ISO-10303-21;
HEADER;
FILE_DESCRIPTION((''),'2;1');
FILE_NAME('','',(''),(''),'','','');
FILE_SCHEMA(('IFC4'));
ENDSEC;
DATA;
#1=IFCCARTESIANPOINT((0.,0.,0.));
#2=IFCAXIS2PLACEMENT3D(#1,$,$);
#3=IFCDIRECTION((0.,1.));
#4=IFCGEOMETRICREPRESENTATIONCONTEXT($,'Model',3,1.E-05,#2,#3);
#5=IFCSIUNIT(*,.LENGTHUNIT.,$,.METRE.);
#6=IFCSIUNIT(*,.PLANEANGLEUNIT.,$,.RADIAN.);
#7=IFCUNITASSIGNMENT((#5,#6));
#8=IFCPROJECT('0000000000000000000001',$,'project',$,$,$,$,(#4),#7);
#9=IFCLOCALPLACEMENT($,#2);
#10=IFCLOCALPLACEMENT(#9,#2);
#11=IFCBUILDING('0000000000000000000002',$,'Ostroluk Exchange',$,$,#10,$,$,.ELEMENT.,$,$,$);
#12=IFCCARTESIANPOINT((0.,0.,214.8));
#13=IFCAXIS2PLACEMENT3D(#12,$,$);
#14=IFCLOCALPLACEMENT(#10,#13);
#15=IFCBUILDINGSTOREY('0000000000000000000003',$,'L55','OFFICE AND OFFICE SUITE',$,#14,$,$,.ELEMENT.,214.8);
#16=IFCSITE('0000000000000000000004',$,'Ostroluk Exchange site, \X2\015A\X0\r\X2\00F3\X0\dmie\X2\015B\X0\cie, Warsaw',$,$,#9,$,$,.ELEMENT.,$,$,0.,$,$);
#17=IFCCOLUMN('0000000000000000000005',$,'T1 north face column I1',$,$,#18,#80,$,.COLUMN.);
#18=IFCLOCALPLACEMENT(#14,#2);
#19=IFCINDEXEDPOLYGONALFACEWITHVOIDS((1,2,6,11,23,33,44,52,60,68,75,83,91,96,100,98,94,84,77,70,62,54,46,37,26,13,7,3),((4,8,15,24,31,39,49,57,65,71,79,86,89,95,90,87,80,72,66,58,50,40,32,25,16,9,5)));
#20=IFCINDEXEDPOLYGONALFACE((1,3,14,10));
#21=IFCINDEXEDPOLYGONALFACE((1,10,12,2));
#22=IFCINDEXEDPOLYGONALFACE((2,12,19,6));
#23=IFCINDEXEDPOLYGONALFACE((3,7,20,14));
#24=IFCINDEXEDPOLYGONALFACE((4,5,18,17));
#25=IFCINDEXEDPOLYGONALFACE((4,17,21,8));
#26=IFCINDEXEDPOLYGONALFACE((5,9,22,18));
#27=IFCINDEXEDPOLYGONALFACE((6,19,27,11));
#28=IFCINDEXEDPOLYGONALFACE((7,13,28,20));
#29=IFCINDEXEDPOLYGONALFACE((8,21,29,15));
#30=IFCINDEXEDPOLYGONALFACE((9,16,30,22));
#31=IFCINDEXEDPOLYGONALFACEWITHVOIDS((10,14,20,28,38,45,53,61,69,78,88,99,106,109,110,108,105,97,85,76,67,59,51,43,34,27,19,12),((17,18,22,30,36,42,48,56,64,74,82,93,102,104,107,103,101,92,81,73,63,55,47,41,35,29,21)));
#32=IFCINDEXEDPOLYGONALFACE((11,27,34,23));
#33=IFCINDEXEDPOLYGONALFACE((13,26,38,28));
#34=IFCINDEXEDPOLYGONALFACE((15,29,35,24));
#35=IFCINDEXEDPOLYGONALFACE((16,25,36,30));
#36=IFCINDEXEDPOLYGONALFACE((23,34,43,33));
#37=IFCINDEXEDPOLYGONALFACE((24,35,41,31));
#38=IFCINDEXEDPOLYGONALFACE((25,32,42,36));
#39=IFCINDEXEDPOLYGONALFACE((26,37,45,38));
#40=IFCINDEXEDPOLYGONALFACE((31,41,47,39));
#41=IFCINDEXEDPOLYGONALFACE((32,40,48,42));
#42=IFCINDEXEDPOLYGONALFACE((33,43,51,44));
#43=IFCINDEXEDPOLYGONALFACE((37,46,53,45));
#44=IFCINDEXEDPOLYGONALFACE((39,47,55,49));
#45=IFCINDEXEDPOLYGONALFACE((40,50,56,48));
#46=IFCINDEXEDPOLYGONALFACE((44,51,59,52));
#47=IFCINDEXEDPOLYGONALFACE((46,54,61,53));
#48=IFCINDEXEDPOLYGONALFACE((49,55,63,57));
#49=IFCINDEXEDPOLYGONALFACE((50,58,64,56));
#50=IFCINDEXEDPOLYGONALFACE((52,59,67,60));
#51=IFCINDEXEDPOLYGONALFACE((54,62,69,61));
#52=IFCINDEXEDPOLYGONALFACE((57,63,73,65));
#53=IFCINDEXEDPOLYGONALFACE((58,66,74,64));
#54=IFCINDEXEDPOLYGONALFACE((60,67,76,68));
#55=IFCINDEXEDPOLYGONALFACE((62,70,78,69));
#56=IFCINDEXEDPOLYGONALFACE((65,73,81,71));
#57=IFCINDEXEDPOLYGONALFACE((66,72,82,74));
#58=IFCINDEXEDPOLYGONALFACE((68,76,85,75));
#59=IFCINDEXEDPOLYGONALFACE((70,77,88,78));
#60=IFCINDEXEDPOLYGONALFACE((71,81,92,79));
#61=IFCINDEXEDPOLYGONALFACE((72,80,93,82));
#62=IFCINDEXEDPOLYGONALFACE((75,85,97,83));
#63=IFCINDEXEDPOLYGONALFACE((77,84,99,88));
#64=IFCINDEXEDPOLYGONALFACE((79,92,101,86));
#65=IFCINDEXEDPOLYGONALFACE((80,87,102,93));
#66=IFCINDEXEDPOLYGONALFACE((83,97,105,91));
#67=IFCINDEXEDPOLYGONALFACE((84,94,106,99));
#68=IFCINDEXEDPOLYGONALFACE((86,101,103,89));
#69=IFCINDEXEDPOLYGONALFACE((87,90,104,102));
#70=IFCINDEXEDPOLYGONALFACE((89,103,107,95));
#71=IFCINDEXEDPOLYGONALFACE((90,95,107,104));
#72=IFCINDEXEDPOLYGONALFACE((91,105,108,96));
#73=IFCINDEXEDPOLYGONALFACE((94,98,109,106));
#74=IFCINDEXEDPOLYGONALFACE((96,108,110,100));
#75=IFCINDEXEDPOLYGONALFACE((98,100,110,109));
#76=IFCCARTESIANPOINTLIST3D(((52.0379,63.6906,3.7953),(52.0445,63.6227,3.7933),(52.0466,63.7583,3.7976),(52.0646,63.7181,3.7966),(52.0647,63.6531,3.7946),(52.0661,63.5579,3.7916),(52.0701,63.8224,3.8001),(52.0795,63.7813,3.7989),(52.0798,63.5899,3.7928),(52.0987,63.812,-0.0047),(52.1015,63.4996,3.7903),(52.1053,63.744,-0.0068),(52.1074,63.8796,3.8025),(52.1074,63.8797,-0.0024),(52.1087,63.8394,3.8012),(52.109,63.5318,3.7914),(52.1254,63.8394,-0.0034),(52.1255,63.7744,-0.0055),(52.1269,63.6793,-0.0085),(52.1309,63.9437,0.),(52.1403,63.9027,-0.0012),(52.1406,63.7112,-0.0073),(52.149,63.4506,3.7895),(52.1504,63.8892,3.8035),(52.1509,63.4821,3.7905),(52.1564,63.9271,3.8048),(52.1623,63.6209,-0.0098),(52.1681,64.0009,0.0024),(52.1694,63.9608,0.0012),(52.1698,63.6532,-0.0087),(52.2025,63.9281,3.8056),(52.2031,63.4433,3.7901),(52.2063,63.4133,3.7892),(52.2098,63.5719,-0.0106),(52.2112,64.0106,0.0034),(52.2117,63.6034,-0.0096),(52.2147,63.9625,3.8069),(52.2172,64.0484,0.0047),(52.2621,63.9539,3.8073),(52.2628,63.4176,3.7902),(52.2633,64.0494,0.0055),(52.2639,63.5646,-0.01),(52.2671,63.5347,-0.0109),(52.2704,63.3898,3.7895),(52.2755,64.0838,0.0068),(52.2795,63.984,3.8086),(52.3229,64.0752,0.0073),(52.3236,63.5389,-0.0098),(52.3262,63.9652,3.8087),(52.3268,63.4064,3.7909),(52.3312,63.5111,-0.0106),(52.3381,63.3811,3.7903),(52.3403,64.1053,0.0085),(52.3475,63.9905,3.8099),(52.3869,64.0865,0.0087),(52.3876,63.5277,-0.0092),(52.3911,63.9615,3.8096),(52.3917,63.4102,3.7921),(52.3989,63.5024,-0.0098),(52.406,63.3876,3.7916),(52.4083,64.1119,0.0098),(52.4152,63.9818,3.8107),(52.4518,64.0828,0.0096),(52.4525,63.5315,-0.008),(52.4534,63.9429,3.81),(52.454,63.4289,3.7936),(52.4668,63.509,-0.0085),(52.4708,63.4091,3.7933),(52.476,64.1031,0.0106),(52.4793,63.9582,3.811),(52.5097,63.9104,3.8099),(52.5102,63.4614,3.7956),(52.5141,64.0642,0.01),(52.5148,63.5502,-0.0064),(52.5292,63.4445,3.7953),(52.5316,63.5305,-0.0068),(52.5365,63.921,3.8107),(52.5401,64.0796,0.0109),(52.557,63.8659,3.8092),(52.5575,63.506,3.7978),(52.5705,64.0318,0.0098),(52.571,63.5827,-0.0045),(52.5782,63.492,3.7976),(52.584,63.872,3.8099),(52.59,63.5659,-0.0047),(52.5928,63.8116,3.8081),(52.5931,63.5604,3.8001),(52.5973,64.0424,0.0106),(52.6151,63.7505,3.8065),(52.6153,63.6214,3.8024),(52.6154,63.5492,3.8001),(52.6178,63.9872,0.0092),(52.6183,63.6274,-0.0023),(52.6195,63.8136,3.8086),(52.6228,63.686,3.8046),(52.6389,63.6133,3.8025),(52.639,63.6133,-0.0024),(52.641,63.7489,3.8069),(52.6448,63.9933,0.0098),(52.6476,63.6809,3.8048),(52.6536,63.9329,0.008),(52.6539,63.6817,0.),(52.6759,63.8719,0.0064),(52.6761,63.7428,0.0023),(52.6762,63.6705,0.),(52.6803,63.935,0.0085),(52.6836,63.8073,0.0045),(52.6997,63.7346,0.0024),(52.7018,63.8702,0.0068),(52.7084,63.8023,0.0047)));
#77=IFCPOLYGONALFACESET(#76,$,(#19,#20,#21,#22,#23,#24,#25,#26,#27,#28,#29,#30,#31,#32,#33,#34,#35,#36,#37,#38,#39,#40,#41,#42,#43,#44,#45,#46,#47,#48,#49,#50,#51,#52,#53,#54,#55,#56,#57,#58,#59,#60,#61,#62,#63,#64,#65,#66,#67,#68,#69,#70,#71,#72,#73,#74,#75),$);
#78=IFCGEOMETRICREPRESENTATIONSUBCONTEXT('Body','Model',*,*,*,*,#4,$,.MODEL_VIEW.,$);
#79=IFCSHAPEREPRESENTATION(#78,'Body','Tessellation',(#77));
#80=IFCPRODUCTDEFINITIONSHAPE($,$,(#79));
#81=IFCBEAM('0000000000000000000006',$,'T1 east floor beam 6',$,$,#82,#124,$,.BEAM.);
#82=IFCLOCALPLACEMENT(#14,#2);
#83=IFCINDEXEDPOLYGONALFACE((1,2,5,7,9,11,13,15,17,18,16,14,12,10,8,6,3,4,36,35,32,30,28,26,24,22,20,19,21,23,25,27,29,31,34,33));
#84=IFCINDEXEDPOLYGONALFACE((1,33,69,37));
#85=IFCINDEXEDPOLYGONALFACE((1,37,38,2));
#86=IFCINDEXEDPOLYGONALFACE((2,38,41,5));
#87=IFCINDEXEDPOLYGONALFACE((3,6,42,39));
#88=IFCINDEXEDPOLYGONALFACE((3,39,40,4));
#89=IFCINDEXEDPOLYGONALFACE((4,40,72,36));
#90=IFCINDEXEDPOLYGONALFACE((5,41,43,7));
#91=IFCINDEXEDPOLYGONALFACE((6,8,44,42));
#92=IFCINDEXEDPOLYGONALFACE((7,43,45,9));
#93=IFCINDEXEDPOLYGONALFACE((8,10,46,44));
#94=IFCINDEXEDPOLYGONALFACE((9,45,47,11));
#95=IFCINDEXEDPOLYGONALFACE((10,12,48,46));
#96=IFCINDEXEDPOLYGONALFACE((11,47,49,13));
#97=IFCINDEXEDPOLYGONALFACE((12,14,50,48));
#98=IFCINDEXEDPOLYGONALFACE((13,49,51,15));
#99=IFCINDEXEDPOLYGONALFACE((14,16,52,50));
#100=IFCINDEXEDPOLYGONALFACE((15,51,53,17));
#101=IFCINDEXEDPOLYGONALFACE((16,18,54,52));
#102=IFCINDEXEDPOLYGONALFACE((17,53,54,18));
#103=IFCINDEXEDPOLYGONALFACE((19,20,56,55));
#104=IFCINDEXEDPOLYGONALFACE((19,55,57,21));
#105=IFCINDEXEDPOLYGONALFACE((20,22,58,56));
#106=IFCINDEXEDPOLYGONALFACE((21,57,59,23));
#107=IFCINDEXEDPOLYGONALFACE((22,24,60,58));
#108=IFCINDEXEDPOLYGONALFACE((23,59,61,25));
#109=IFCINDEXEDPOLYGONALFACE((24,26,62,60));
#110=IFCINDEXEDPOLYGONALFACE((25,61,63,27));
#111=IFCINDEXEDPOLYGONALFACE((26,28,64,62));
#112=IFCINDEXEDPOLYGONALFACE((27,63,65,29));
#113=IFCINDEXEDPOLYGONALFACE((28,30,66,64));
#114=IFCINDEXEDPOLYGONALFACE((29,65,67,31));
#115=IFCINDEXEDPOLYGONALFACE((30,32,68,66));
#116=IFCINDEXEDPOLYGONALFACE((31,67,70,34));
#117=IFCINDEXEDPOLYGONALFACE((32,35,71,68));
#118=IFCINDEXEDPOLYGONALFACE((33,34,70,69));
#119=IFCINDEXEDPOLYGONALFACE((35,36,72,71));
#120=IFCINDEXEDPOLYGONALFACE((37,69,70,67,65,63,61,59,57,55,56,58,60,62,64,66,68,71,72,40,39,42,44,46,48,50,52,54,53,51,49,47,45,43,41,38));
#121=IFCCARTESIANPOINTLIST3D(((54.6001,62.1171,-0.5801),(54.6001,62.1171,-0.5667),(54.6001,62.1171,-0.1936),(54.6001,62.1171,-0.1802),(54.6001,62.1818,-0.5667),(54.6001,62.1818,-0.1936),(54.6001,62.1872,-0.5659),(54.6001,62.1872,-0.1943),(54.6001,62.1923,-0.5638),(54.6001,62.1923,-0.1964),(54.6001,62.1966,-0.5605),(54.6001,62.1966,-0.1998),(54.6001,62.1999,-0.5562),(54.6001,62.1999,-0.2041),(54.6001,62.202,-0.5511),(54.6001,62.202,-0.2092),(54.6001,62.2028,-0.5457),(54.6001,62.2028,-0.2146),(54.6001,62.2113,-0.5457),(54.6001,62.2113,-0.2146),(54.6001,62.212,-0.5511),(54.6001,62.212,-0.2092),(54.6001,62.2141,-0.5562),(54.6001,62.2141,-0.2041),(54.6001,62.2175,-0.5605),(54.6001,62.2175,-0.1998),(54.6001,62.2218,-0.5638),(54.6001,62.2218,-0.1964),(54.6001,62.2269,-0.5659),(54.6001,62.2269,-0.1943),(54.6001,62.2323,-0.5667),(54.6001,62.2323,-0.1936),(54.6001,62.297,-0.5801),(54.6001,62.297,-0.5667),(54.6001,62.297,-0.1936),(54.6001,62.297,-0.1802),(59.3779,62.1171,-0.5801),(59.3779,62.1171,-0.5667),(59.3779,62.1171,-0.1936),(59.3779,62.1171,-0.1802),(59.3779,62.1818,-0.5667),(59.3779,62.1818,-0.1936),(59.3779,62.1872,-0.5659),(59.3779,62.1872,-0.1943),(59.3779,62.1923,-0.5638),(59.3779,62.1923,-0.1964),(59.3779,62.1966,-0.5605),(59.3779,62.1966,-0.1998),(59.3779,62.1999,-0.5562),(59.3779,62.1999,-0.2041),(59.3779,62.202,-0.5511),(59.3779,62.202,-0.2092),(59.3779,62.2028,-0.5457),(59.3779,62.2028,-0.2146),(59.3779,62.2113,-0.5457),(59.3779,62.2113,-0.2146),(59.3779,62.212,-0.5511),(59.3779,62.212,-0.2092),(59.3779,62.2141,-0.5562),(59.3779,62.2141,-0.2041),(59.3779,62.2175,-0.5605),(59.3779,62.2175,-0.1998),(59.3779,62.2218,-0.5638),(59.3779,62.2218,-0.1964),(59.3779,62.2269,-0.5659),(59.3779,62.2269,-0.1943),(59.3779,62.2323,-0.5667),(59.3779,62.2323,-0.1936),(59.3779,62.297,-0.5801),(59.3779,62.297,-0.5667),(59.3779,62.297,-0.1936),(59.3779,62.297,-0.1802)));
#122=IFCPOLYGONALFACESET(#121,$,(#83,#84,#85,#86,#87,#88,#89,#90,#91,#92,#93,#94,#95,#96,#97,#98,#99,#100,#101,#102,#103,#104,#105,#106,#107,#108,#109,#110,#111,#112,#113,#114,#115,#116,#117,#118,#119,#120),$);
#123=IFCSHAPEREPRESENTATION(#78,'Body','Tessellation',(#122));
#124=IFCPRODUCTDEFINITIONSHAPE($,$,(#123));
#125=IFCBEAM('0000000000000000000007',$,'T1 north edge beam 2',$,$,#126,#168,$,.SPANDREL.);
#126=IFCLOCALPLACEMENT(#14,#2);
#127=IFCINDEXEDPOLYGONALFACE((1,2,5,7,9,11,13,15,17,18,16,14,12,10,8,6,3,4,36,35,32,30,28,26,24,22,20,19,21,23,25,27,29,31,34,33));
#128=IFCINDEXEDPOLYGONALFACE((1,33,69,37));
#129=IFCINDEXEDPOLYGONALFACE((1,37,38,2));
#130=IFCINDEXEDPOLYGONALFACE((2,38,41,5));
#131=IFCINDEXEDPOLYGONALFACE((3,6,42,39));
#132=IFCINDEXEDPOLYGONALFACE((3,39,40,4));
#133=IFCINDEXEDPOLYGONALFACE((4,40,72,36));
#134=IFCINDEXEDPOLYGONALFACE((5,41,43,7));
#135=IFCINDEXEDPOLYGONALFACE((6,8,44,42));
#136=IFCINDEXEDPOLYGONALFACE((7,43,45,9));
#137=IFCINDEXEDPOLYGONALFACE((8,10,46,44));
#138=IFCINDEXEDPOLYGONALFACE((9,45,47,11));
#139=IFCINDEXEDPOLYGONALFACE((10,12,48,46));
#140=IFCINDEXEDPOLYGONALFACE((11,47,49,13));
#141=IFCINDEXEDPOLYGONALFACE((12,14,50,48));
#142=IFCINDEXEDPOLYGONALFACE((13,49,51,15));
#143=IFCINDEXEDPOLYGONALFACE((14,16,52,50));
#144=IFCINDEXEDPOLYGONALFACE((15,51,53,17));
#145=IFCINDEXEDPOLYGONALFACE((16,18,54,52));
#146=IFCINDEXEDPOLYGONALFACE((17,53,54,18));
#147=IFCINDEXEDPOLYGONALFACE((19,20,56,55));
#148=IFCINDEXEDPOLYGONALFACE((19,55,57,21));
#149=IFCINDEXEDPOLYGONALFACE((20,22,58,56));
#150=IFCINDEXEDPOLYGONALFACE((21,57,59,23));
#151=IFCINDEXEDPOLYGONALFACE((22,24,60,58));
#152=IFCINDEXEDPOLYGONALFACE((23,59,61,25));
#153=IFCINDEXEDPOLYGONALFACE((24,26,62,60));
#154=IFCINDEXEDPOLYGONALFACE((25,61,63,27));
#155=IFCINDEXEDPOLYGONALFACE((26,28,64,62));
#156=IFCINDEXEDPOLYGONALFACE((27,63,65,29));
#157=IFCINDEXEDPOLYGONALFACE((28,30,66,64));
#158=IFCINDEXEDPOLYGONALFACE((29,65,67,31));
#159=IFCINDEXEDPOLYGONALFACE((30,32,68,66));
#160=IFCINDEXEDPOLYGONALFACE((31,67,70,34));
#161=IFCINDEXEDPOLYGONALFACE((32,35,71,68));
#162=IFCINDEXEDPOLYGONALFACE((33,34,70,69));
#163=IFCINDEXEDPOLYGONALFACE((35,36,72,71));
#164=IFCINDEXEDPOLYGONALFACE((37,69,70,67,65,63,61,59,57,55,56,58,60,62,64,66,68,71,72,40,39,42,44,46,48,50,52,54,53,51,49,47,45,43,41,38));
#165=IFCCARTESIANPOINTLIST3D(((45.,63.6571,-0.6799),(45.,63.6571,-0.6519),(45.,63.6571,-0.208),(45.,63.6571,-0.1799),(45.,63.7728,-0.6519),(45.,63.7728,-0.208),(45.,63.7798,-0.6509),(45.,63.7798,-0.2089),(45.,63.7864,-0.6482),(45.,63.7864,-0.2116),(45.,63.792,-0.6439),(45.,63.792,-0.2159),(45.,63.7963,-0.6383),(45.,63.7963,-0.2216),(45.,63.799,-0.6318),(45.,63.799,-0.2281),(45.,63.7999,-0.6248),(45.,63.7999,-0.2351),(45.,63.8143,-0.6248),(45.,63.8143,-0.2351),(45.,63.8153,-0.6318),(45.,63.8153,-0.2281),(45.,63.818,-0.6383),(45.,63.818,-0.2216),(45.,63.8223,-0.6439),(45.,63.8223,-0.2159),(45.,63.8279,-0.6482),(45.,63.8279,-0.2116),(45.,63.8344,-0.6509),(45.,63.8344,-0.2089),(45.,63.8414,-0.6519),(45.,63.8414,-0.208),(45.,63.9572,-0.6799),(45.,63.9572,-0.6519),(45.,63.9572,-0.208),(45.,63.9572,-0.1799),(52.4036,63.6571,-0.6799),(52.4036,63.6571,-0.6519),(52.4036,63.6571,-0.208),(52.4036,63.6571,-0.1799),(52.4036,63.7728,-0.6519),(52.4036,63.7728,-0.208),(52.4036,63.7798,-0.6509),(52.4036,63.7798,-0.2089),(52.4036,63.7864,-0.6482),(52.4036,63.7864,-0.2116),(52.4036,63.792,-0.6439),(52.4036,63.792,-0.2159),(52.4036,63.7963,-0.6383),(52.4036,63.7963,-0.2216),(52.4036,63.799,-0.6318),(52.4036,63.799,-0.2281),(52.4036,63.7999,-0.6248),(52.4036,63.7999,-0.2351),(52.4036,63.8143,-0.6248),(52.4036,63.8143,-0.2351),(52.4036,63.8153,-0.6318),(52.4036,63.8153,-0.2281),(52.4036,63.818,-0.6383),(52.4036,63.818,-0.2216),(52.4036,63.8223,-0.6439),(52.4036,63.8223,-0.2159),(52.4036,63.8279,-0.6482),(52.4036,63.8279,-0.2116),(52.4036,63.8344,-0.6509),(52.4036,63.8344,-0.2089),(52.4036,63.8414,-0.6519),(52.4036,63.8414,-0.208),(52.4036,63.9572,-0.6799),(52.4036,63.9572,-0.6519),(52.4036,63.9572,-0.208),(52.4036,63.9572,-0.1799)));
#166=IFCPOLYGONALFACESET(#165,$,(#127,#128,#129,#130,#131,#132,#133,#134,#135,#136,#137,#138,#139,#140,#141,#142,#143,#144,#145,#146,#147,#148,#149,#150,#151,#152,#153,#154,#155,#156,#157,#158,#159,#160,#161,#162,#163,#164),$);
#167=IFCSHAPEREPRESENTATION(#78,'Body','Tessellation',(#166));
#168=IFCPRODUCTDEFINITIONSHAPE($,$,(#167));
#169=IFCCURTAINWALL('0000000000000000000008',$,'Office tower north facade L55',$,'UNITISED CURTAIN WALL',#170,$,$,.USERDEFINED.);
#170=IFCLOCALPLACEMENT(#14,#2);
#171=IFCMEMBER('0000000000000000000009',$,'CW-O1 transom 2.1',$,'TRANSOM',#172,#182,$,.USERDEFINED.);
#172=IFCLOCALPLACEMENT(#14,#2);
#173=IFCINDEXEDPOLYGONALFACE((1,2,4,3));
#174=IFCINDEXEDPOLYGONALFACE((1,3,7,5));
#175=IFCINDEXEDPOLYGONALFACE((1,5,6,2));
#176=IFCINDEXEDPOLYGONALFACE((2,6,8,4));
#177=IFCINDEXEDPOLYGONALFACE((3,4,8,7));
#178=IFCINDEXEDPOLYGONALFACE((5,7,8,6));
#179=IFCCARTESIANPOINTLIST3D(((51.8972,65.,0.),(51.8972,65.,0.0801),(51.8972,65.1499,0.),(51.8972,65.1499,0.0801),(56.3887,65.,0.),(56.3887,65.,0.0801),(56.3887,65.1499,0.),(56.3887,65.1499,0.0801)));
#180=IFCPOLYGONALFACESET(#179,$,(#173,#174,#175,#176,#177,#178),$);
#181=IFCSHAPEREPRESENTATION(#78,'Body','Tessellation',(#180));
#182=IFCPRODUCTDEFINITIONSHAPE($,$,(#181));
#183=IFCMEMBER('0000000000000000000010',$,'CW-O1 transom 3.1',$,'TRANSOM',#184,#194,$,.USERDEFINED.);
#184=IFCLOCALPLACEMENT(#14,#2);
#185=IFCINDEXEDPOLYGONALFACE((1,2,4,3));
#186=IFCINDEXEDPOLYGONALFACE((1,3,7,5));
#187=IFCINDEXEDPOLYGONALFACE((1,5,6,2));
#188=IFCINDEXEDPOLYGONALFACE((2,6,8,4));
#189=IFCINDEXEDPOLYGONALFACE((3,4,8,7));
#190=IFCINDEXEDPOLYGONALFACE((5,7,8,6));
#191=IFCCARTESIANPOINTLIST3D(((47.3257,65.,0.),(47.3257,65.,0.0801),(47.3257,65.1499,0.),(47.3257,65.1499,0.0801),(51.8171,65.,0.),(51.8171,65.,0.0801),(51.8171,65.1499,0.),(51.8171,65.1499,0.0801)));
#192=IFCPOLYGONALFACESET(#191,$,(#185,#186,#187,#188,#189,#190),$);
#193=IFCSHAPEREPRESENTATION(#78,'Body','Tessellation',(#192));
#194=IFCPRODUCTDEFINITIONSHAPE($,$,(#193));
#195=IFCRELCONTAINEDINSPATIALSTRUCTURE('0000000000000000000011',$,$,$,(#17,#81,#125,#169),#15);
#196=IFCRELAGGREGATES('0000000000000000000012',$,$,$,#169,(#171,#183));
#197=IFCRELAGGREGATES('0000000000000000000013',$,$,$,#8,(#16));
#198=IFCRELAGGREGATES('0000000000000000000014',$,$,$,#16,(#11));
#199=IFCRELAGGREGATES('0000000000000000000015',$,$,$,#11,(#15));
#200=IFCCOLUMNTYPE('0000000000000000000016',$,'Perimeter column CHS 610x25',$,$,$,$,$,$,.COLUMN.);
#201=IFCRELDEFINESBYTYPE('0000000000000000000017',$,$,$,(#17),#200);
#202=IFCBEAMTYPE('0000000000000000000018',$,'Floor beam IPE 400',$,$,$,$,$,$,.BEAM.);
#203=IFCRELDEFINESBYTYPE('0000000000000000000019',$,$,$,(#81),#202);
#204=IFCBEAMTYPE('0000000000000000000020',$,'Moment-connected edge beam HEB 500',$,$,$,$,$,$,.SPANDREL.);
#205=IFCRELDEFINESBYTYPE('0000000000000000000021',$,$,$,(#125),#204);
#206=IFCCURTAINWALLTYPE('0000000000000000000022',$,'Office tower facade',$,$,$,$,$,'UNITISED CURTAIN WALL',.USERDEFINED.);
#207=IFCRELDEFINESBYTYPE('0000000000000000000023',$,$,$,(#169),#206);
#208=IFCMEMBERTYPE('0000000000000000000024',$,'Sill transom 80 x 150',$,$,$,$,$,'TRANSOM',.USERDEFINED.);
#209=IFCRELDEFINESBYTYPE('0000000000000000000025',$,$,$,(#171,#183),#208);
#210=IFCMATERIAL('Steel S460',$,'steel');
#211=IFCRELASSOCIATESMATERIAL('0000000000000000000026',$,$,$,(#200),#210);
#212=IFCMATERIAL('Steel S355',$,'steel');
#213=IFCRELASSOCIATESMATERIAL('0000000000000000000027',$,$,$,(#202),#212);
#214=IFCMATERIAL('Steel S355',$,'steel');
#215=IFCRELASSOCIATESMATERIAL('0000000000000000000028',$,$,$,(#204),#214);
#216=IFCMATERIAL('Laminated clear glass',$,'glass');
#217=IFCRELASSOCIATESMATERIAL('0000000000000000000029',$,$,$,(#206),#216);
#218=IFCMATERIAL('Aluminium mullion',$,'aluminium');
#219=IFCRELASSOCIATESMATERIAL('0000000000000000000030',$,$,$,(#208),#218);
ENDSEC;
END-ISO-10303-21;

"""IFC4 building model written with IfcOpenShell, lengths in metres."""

from ifc_helpers import new_model, si_unit, direction, frame, origin, origin_2d, place, context, subcontext, project, spatial, rectangle, hollow_circle, i_section, extrude, material, material_profile, profile_set, type_object, element, aggregate, save


model = new_model("IFC4")

# Units and contexts
model_context = context("Model", 3, precision=1e-05, world=origin(), true_north=direction((0.0, 1.0)))
body_context = subcontext(model_context, "Body", "Model", "MODEL_VIEW")
ifc_project = project(units=[si_unit("LENGTHUNIT", "METRE"), si_unit("PLANEANGLEUNIT", "RADIAN")], contexts=[model_context])

# Site, building, storey
site_placement = place(None, origin())
site = spatial("IfcSite", under=ifc_project, at=site_placement, Name="Ostroluk Exchange site, Śródmieście, Warsaw", CompositionType="ELEMENT", RefElevation=0.0)
building_placement = place(site_placement, origin())
building = spatial("IfcBuilding", under=site, at=building_placement, Name="Ostroluk Exchange", CompositionType="ELEMENT")
storey_placement = place(building_placement, frame((0.0, 0.0, 214.8)))
storey = spatial("IfcBuildingStorey", under=building, at=storey_placement, Name="L55", Description="OFFICE AND OFFICE SUITE", CompositionType="ELEMENT", Elevation=214.8)

# Column
ifc_material_1 = material(Name="Steel S460", Category="steel")
ifc_material_profile_1 = material_profile(ifc_material_1, hollow_circle(Radius=0.3049, WallThickness=0.0249, at=origin_2d()), Name="CHS 610x25")
ifc_profile_set_1 = profile_set([ifc_material_profile_1], Name="Steel S460")
column_type = type_object("IfcColumnType", Name="Perimeter column CHS 610x25", PredefinedType="COLUMN", material=ifc_profile_set_1)
column_placement = place(storey_placement, frame((52.4036, 63.8071, 0.0), z_axis=(-0.015987, -0.03191, 0.999363), x_axis=(0.894067, -0.447933, 0.0)))
element("IfcColumn", 1, at=column_placement, inside=storey, type_object=column_type, Name="T1 north face column I1", PredefinedType="COLUMN", context=body_context, shape_type="SweptSolid", body=[
    extrude(hollow_circle(Radius=0.3049, WallThickness=0.0249, at=origin_2d()), origin(), (0.0, 0.0, 1.0), 3.8025),
])

# Beams
ifc_material_2 = material(Name="Steel S355", Category="steel")
ifc_material_profile_2 = material_profile(ifc_material_2, i_section(OverallWidth=0.1799, OverallDepth=0.3999, WebThickness=0.0085, FlangeThickness=0.0134, FilletRadius=0.021, at=origin_2d()), Name="IPE 400")
ifc_profile_set_2 = profile_set([ifc_material_profile_2], Name="Steel S355")
beam_type_1 = type_object("IfcBeamType", Name="Floor beam IPE 400", PredefinedType="BEAM", material=ifc_profile_set_2)
beam_1_placement = place(storey_placement, frame((54.6001, 62.207, -0.3801), z_axis=(1.0, 0.0, 0.0), x_axis=(0.0, 1.0, 0.0)))
element("IfcBeam", 2, at=beam_1_placement, inside=storey, type_object=beam_type_1, Name="T1 east floor beam 6", PredefinedType="BEAM", context=body_context, shape_type="SweptSolid", body=[
    extrude(i_section(OverallWidth=0.1799, OverallDepth=0.3999, WebThickness=0.0085, FlangeThickness=0.0134, FilletRadius=0.021, at=origin_2d()), origin(), (0.0, 0.0, 1.0), 4.7778),
])
ifc_material_3 = material(Name="Steel S355", Category="steel")
ifc_material_profile_3 = material_profile(ifc_material_3, i_section(OverallWidth=0.3, OverallDepth=0.5, WebThickness=0.0144, FlangeThickness=0.0281, FilletRadius=0.0271, at=origin_2d()), Name="HEB 500")
ifc_profile_set_3 = profile_set([ifc_material_profile_3], Name="Steel S355")
beam_type_2 = type_object("IfcBeamType", Name="Moment-connected edge beam HEB 500", PredefinedType="SPANDREL", material=ifc_profile_set_3)
beam_2_placement = place(storey_placement, frame((52.4036, 63.8071, -0.4299), z_axis=(-1.0, 0.0, 0.0), x_axis=(0.0, -1.0, 0.0)))
element("IfcBeam", 3, at=beam_2_placement, inside=storey, type_object=beam_type_2, Name="T1 north edge beam 2", PredefinedType="SPANDREL", context=body_context, shape_type="SweptSolid", body=[
    extrude(i_section(OverallWidth=0.3, OverallDepth=0.5, WebThickness=0.0144, FlangeThickness=0.0281, FilletRadius=0.0271, at=origin_2d()), origin(), (0.0, 0.0, 1.0), 7.4036),
])

# Curtain wall, members
ifc_material_4 = material(Name="Laminated clear glass", Category="glass")
curtain_wall_type = type_object("IfcCurtainWallType", Name="Office tower facade", ElementType="UNITISED CURTAIN WALL", PredefinedType="USERDEFINED", material=ifc_material_4)
curtain_wall_placement = place(storey_placement, origin())
curtain_wall = element("IfcCurtainWall", 4, at=curtain_wall_placement, inside=storey, type_object=curtain_wall_type, Name="Office tower north facade L55", ObjectType="UNITISED CURTAIN WALL", PredefinedType="USERDEFINED")
ifc_material_5 = material(Name="Aluminium mullion", Category="aluminium")
ifc_material_profile_4 = material_profile(ifc_material_5, rectangle(XDim=0.1499, YDim=0.0801, at=origin_2d()), Name="Sill transom 80 x 150")
ifc_profile_set_4 = profile_set([ifc_material_profile_4], Name="Aluminium mullion")
member_type_1 = type_object("IfcMemberType", Name="Sill transom 80 x 150", ElementType="TRANSOM", PredefinedType="USERDEFINED", material=ifc_profile_set_4)
member_1_placement = place(storey_placement, frame((56.3887, 65.075, 0.04), z_axis=(-1.0, 0.0, 0.0), x_axis=(0.0, -1.0, 0.0)))
member_1 = element("IfcMember", 5, at=member_1_placement, type_object=member_type_1, Name="CW-O1 transom 2.1", ObjectType="TRANSOM", PredefinedType="USERDEFINED", context=body_context, shape_type="SweptSolid", body=[
    extrude(rectangle(XDim=0.1499, YDim=0.0801, at=origin_2d()), origin(), (0.0, 0.0, 1.0), 4.4915),
])
member_2_placement = place(storey_placement, frame((51.8171, 65.075, 0.04), z_axis=(-1.0, 0.0, 0.0), x_axis=(0.0, -1.0, 0.0)))
member_2 = element("IfcMember", 6, at=member_2_placement, type_object=member_type_1, Name="CW-O1 transom 3.1", ObjectType="TRANSOM", PredefinedType="USERDEFINED", context=body_context, shape_type="SweptSolid", body=[
    extrude(rectangle(XDim=0.1499, YDim=0.0801, at=origin_2d()), origin(), (0.0, 0.0, 1.0), 4.4915),
])
aggregate(curtain_wall, [member_1, member_2])

save(model, "model.ifc")
